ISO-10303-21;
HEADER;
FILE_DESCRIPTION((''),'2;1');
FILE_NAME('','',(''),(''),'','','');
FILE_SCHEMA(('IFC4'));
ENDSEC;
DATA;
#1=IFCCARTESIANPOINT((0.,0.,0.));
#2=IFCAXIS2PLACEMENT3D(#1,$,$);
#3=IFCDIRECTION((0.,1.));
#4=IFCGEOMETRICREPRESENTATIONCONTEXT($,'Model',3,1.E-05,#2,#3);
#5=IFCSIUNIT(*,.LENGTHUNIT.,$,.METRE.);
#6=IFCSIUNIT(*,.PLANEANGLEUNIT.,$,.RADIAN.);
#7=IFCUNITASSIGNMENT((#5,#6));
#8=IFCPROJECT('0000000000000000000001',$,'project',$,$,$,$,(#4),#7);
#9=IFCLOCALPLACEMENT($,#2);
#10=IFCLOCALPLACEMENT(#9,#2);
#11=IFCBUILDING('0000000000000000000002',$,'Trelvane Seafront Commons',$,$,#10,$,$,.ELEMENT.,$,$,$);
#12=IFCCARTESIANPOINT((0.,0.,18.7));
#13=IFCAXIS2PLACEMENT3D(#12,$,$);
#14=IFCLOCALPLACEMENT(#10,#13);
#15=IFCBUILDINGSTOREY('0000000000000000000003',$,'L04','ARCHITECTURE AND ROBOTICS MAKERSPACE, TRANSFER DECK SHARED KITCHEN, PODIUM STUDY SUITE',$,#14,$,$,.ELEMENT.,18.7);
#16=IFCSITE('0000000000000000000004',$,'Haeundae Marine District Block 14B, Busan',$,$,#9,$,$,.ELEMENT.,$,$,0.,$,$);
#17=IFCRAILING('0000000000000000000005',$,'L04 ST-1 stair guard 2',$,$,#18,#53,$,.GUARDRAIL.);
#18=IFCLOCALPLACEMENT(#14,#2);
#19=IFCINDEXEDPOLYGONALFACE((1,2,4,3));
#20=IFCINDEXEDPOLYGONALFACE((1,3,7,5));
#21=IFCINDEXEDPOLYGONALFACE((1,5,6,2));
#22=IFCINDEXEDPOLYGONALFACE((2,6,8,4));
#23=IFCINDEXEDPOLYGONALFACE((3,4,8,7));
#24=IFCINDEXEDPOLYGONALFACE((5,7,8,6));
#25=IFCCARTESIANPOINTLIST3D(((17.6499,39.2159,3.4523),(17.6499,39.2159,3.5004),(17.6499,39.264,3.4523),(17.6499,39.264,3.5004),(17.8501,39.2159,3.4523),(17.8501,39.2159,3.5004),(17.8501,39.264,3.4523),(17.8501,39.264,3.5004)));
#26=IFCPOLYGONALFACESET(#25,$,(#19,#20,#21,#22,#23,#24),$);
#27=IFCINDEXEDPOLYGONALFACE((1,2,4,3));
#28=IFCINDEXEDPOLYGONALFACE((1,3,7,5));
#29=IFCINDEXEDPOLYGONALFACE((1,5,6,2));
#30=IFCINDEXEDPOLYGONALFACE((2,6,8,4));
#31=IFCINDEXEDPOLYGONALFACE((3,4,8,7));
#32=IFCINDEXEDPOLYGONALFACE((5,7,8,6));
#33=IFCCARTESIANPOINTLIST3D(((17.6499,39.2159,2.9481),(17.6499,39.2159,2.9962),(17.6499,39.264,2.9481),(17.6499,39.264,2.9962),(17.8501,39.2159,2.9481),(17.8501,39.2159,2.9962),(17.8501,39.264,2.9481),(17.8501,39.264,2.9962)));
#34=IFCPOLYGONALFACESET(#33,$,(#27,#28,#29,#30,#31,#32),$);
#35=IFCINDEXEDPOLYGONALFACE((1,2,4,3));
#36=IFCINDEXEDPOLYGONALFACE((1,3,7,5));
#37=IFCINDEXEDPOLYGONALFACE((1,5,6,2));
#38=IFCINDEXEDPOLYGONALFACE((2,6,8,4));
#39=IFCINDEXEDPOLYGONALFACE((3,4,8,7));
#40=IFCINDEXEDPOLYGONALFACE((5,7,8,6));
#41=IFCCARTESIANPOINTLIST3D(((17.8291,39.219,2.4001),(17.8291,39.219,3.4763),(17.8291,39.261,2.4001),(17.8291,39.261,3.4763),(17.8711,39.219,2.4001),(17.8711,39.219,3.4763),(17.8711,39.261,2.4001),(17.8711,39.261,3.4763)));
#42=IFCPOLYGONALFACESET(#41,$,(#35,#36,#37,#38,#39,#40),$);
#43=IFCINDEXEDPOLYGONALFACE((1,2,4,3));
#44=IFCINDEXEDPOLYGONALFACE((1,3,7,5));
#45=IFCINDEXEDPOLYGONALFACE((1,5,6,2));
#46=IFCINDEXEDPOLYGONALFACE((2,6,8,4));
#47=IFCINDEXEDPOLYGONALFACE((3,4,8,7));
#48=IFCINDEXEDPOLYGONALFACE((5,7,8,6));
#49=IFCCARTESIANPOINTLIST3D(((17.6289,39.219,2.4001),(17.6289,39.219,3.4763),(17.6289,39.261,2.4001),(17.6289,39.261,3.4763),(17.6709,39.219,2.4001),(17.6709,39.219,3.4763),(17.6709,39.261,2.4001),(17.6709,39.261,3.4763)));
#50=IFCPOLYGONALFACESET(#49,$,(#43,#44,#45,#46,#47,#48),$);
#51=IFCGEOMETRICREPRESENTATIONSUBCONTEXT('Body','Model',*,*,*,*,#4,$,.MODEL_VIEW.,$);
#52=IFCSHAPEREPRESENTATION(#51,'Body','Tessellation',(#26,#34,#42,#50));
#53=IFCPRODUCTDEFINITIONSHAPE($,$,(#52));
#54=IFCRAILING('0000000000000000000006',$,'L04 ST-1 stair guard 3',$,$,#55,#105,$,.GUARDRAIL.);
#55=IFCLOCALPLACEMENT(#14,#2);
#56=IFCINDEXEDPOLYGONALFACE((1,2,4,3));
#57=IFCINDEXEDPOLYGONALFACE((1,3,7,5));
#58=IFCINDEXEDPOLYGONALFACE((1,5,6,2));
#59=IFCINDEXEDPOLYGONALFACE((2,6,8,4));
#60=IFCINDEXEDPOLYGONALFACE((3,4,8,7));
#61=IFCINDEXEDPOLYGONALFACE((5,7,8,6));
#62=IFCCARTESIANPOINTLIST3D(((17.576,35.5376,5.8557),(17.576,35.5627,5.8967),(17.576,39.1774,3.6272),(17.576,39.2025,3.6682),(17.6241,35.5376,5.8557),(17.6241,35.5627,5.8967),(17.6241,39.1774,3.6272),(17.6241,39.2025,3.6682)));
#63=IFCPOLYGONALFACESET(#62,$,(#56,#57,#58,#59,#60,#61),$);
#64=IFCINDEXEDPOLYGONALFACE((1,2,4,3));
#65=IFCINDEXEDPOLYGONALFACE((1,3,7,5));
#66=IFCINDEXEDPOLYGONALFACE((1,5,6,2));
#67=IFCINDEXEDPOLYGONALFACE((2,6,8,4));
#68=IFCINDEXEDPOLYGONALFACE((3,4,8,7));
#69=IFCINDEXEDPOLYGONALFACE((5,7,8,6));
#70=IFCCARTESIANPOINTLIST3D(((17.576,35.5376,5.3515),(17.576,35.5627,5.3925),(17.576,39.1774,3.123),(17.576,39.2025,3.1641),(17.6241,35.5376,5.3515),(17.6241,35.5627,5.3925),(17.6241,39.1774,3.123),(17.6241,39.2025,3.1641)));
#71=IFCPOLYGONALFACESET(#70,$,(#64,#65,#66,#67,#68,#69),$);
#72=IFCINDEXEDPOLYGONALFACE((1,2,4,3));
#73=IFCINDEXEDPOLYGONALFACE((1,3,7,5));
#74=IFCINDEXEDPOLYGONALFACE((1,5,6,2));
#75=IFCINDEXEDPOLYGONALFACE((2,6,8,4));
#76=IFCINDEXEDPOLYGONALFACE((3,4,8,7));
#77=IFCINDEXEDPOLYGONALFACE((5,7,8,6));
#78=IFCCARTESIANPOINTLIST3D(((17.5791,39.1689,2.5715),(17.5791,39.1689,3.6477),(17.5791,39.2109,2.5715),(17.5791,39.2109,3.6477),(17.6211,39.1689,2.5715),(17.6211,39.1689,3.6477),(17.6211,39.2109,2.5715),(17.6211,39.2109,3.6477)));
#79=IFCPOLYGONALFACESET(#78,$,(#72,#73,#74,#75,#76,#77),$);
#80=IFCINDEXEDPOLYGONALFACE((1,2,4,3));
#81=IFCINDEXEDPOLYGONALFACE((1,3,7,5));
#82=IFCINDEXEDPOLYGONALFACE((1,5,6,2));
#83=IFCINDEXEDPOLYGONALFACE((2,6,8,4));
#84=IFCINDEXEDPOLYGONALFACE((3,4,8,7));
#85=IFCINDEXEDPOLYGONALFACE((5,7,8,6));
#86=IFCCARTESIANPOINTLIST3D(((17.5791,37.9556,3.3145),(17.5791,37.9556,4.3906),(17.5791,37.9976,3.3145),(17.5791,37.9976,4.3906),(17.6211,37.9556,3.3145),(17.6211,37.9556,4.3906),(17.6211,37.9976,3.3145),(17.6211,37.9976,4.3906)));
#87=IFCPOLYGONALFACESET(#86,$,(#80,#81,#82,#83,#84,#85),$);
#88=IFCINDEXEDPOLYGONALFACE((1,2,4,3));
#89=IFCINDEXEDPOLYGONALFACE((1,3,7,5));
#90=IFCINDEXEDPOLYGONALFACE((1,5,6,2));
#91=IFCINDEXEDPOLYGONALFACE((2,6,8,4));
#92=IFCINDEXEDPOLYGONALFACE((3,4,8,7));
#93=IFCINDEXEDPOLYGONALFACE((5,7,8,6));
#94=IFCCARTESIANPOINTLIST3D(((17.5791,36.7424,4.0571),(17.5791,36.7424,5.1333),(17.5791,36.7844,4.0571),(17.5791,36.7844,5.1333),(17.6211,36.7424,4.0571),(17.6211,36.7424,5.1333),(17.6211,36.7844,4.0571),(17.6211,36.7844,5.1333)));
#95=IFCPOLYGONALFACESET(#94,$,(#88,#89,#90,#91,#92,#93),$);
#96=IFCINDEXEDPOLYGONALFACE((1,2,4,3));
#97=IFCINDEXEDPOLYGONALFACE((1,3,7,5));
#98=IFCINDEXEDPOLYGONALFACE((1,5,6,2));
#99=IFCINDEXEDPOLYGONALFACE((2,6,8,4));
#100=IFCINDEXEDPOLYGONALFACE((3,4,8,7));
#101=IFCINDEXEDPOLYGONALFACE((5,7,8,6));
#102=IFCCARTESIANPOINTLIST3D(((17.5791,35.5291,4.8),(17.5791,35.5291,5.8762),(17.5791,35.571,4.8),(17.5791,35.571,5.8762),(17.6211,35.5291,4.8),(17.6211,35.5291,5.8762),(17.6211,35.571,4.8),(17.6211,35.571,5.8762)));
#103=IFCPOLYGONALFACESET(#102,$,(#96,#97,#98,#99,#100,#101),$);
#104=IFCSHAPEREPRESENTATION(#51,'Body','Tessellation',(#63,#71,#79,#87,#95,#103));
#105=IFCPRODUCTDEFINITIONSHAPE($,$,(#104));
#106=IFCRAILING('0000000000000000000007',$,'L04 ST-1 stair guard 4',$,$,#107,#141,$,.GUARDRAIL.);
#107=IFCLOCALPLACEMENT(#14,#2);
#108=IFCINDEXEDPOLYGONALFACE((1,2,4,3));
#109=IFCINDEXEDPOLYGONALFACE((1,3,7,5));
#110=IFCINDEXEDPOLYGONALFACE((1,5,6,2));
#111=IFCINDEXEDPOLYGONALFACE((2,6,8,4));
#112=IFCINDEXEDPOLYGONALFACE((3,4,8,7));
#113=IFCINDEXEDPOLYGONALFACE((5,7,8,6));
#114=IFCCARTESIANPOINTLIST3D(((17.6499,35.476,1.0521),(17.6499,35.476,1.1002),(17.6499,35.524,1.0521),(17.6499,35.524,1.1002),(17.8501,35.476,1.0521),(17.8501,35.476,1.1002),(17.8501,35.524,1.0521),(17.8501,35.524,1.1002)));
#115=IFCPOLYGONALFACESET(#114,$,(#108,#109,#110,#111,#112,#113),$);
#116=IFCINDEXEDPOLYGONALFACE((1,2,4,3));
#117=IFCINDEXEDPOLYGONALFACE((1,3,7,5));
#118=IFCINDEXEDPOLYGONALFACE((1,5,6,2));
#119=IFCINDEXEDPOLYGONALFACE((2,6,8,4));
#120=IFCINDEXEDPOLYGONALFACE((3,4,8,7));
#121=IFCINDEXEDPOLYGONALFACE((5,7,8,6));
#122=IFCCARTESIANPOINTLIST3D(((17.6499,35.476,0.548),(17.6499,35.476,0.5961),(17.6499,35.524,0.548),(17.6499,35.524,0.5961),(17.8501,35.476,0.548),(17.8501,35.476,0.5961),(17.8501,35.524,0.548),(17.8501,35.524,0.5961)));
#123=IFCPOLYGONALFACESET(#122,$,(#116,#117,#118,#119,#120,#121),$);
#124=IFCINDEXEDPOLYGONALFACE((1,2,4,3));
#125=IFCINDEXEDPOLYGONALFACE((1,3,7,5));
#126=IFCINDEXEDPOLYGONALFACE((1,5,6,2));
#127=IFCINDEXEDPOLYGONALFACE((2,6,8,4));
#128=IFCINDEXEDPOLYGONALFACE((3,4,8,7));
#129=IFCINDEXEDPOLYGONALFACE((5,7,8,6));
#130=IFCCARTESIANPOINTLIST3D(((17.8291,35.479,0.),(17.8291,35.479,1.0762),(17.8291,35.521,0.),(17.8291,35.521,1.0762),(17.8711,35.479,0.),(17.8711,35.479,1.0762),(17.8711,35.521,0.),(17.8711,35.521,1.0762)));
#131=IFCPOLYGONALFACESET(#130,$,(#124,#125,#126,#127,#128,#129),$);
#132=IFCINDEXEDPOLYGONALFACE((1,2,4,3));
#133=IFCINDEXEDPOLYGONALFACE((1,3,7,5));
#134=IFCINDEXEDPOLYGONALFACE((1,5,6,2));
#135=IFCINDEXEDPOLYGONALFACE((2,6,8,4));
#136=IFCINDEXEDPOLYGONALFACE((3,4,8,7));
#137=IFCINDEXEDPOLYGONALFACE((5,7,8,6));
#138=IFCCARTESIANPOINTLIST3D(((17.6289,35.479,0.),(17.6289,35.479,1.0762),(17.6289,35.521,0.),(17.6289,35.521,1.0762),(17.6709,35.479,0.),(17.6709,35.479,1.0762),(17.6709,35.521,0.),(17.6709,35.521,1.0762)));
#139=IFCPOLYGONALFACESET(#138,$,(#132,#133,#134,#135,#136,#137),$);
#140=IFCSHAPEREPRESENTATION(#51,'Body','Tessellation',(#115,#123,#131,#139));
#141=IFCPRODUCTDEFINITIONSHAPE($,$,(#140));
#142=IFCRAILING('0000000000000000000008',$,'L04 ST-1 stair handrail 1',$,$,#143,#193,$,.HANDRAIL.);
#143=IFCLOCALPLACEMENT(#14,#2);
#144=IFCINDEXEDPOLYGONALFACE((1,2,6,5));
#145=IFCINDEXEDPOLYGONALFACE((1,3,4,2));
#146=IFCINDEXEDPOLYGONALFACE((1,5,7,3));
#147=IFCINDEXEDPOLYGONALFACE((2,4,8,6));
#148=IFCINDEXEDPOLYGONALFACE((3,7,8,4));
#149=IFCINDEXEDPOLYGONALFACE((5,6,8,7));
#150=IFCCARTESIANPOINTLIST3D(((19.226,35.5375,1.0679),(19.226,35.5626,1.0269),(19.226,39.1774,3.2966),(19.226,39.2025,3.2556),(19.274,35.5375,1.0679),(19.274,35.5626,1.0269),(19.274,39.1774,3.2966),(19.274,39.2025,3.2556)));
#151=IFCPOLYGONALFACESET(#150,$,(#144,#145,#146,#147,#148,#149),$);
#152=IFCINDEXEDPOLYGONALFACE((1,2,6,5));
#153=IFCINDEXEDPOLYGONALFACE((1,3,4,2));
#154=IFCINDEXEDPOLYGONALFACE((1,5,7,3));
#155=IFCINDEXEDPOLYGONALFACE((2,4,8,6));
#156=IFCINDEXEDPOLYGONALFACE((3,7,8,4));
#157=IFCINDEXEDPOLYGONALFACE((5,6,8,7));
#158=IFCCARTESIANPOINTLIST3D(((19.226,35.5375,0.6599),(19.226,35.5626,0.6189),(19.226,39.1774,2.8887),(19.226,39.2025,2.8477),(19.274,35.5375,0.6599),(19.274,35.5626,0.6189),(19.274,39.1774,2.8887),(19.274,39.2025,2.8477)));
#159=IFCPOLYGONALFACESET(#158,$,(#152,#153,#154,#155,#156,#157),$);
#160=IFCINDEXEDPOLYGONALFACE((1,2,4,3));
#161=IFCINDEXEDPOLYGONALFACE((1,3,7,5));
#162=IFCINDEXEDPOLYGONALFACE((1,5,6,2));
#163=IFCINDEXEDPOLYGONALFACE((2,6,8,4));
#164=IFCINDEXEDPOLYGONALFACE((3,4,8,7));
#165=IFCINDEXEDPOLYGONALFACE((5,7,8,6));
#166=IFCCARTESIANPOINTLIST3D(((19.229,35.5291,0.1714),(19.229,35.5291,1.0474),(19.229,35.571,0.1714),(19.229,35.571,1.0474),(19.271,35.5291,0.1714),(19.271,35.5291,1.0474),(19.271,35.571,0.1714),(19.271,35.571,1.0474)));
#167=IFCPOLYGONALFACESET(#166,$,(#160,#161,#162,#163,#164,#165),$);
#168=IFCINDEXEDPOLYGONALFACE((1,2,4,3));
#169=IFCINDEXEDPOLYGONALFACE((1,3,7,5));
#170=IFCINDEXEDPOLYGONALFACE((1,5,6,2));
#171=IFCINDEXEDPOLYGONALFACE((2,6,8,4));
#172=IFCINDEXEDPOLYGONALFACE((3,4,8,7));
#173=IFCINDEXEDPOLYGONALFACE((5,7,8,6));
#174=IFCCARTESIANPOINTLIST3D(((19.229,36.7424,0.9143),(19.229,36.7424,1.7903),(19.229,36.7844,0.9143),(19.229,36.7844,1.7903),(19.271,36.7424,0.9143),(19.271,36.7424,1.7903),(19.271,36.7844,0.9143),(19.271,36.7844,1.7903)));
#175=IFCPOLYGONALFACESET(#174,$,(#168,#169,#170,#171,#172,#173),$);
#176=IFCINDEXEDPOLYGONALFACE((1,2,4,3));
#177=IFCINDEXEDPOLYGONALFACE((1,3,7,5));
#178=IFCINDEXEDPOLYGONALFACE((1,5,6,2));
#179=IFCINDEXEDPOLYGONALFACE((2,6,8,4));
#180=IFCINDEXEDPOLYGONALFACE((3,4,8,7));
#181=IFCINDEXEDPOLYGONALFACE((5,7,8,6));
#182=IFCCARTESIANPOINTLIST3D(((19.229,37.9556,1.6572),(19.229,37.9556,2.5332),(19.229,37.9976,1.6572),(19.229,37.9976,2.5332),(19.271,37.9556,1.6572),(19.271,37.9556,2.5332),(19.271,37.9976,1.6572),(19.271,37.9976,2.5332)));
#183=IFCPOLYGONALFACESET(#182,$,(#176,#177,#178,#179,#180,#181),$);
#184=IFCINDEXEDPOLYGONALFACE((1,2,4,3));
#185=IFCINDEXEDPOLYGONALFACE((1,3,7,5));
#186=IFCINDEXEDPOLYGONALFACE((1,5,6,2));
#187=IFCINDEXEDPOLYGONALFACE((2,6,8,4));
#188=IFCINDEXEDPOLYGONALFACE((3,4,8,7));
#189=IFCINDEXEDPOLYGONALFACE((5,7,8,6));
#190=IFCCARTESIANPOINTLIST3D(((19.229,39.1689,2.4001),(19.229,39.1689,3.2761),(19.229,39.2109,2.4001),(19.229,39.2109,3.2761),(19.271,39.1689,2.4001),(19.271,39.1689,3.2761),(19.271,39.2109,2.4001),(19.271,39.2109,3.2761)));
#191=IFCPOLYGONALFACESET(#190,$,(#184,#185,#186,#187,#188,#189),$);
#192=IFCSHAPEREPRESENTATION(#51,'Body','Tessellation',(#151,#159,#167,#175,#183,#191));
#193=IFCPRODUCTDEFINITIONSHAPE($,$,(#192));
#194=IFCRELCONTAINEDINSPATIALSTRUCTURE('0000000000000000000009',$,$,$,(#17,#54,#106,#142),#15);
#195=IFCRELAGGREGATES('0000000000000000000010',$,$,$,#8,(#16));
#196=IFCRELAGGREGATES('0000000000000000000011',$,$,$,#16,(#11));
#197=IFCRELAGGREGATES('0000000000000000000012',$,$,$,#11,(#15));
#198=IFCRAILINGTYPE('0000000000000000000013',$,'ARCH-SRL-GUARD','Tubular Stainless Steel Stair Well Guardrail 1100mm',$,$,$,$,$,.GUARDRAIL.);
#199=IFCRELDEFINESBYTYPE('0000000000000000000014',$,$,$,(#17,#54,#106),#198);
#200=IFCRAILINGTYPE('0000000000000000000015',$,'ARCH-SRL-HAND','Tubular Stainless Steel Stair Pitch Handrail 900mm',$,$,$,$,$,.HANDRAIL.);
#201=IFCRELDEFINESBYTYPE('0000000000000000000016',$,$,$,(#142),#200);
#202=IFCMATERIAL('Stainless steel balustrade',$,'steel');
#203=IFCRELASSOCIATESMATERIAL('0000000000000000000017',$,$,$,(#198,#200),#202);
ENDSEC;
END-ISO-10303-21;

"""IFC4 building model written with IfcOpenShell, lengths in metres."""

from ifc_helpers import new_model, si_unit, direction, frame, origin, origin_2d, place, context, subcontext, project, spatial, rectangle, extrude, material, type_object, element, save


model = new_model("IFC4")

# Units and contexts
model_context = context("Model", 3, precision=1e-05, world=origin(), true_north=direction((0.0, 1.0)))
body_context = subcontext(model_context, "Body", "Model", "MODEL_VIEW")
ifc_project = project(units=[si_unit("LENGTHUNIT", "METRE"), si_unit("PLANEANGLEUNIT", "RADIAN")], contexts=[model_context])

# Site, building, storey
site_placement = place(None, origin())
site = spatial("IfcSite", under=ifc_project, at=site_placement, Name="Haeundae Marine District Block 14B, Busan", CompositionType="ELEMENT", RefElevation=0.0)
building_placement = place(site_placement, origin())
building = spatial("IfcBuilding", under=site, at=building_placement, Name="Trelvane Seafront Commons", CompositionType="ELEMENT")
storey_placement = place(building_placement, frame((0.0, 0.0, 18.7)))
storey = spatial("IfcBuildingStorey", under=building, at=storey_placement, Name="L04", Description="ARCHITECTURE AND ROBOTICS MAKERSPACE, TRANSFER DECK SHARED KITCHEN, PODIUM STUDY SUITE", CompositionType="ELEMENT", Elevation=18.7)

# Railings
ifc_material_1 = material(Name="Stainless steel balustrade", Category="steel")
railing_type_1 = type_object("IfcRailingType", Name="ARCH-SRL-GUARD", Description="Tubular Stainless Steel Stair Well Guardrail 1100mm", PredefinedType="GUARDRAIL", material=ifc_material_1)
railing_1_placement = place(storey_placement, frame((17.8501, 39.24, 2.4001)))
element("IfcRailing", 1, at=railing_1_placement, inside=storey, type_object=railing_type_1, Name="L04 ST-1 stair guard 2", PredefinedType="GUARDRAIL", context=body_context, shape_type="SweptSolid", body=[
    extrude(rectangle(XDim=0.0481, YDim=0.0481, at=origin_2d()), frame((0.0, 0.0, 1.0762), z_axis=(-1.0, 0.0, 0.0), x_axis=(0.0, -1.0, 0.0)), (0.0, 0.0, 1.0), 0.2002),
    extrude(rectangle(XDim=0.0481, YDim=0.0481, at=origin_2d()), frame((0.0, 0.0, 0.572), z_axis=(-1.0, 0.0, 0.0), x_axis=(0.0, -1.0, 0.0)), (0.0, 0.0, 1.0), 0.2002),
    extrude(rectangle(XDim=0.042, YDim=0.042, at=origin_2d()), origin(), (0.0, 0.0, 1.0), 1.0762),
    extrude(rectangle(XDim=0.042, YDim=0.042, at=origin_2d()), frame((-0.2002, 0.0, 0.0)), (0.0, 0.0, 1.0), 1.0762),
])
railing_2_placement = place(storey_placement, frame((17.6001, 39.1899, 2.5715)))
element("IfcRailing", 2, at=railing_2_placement, inside=storey, type_object=railing_type_1, Name="L04 ST-1 stair guard 3", PredefinedType="GUARDRAIL", context=body_context, shape_type="SweptSolid", body=[
    extrude(rectangle(XDim=0.0481, YDim=0.0481, at=origin_2d()), frame((0.0, 0.0, 1.0762), z_axis=(0.0, -0.85285, 0.522156), x_axis=(1.0, 0.0, 0.0)), (0.0, 0.0, 1.0), 4.2678),
    extrude(rectangle(XDim=0.0481, YDim=0.0481, at=origin_2d()), frame((0.0, 0.0, 0.572), z_axis=(0.0, -0.85285, 0.522156), x_axis=(1.0, 0.0, 0.0)), (0.0, 0.0, 1.0), 4.2678),
    extrude(rectangle(XDim=0.042, YDim=0.042, at=origin_2d()), origin(), (0.0, 0.0, 1.0), 1.0762),
    extrude(rectangle(XDim=0.042, YDim=0.042, at=origin_2d()), frame((0.0, -1.2134, 0.7429)), (0.0, 0.0, 1.0), 1.0762),
    extrude(rectangle(XDim=0.042, YDim=0.042, at=origin_2d()), frame((0.0, -2.4265, 1.4856)), (0.0, 0.0, 1.0), 1.0762),
    extrude(rectangle(XDim=0.042, YDim=0.042, at=origin_2d()), frame((0.0, -3.6399, 2.2285)), (0.0, 0.0, 1.0), 1.0762),
])
railing_3_placement = place(storey_placement, frame((17.8501, 35.5, 0.0)))
element("IfcRailing", 3, at=railing_3_placement, inside=storey, type_object=railing_type_1, Name="L04 ST-1 stair guard 4", PredefinedType="GUARDRAIL", context=body_context, shape_type="SweptSolid", body=[
    extrude(rectangle(XDim=0.0481, YDim=0.0481, at=origin_2d()), frame((0.0, 0.0, 1.0762), z_axis=(-1.0, 0.0, 0.0), x_axis=(0.0, -1.0, 0.0)), (0.0, 0.0, 1.0), 0.2002),
    extrude(rectangle(XDim=0.0481, YDim=0.0481, at=origin_2d()), frame((0.0, 0.0, 0.572), z_axis=(-1.0, 0.0, 0.0), x_axis=(0.0, -1.0, 0.0)), (0.0, 0.0, 1.0), 0.2002),
    extrude(rectangle(XDim=0.042, YDim=0.042, at=origin_2d()), origin(), (0.0, 0.0, 1.0), 1.0762),
    extrude(rectangle(XDim=0.042, YDim=0.042, at=origin_2d()), frame((-0.2002, 0.0, 0.0)), (0.0, 0.0, 1.0), 1.0762),
])
railing_type_2 = type_object("IfcRailingType", Name="ARCH-SRL-HAND", Description="Tubular Stainless Steel Stair Pitch Handrail 900mm", PredefinedType="HANDRAIL", material=ifc_material_1)
railing_4_placement = place(storey_placement, frame((19.25, 35.55, 0.1714)))
element("IfcRailing", 4, at=railing_4_placement, inside=storey, type_object=railing_type_2, Name="L04 ST-1 stair handrail 1", PredefinedType="HANDRAIL", context=body_context, shape_type="SweptSolid", body=[
    extrude(rectangle(XDim=0.0481, YDim=0.0481, at=origin_2d()), frame((0.0, 0.0, 0.876), z_axis=(0.0, 0.852825, 0.522197), x_axis=(-1.0, 0.0, 0.0)), (0.0, 0.0, 1.0), 4.2681),
    extrude(rectangle(XDim=0.0481, YDim=0.0481, at=origin_2d()), frame((0.0, 0.0, 0.468), z_axis=(0.0, 0.852825, 0.522197), x_axis=(-1.0, 0.0, 0.0)), (0.0, 0.0, 1.0), 4.2681),
    extrude(rectangle(XDim=0.042, YDim=0.042, at=origin_2d()), origin(), (0.0, 0.0, 1.0), 0.876),
    extrude(rectangle(XDim=0.042, YDim=0.042, at=origin_2d()), frame((0.0, 1.2134, 0.7429)), (0.0, 0.0, 1.0), 0.876),
    extrude(rectangle(XDim=0.042, YDim=0.042, at=origin_2d()), frame((0.0, 2.4265, 1.4858)), (0.0, 0.0, 1.0), 0.876),
    extrude(rectangle(XDim=0.042, YDim=0.042, at=origin_2d()), frame((0.0, 3.6399, 2.2288)), (0.0, 0.0, 1.0), 0.876),
])

save(model, "model.ifc")
